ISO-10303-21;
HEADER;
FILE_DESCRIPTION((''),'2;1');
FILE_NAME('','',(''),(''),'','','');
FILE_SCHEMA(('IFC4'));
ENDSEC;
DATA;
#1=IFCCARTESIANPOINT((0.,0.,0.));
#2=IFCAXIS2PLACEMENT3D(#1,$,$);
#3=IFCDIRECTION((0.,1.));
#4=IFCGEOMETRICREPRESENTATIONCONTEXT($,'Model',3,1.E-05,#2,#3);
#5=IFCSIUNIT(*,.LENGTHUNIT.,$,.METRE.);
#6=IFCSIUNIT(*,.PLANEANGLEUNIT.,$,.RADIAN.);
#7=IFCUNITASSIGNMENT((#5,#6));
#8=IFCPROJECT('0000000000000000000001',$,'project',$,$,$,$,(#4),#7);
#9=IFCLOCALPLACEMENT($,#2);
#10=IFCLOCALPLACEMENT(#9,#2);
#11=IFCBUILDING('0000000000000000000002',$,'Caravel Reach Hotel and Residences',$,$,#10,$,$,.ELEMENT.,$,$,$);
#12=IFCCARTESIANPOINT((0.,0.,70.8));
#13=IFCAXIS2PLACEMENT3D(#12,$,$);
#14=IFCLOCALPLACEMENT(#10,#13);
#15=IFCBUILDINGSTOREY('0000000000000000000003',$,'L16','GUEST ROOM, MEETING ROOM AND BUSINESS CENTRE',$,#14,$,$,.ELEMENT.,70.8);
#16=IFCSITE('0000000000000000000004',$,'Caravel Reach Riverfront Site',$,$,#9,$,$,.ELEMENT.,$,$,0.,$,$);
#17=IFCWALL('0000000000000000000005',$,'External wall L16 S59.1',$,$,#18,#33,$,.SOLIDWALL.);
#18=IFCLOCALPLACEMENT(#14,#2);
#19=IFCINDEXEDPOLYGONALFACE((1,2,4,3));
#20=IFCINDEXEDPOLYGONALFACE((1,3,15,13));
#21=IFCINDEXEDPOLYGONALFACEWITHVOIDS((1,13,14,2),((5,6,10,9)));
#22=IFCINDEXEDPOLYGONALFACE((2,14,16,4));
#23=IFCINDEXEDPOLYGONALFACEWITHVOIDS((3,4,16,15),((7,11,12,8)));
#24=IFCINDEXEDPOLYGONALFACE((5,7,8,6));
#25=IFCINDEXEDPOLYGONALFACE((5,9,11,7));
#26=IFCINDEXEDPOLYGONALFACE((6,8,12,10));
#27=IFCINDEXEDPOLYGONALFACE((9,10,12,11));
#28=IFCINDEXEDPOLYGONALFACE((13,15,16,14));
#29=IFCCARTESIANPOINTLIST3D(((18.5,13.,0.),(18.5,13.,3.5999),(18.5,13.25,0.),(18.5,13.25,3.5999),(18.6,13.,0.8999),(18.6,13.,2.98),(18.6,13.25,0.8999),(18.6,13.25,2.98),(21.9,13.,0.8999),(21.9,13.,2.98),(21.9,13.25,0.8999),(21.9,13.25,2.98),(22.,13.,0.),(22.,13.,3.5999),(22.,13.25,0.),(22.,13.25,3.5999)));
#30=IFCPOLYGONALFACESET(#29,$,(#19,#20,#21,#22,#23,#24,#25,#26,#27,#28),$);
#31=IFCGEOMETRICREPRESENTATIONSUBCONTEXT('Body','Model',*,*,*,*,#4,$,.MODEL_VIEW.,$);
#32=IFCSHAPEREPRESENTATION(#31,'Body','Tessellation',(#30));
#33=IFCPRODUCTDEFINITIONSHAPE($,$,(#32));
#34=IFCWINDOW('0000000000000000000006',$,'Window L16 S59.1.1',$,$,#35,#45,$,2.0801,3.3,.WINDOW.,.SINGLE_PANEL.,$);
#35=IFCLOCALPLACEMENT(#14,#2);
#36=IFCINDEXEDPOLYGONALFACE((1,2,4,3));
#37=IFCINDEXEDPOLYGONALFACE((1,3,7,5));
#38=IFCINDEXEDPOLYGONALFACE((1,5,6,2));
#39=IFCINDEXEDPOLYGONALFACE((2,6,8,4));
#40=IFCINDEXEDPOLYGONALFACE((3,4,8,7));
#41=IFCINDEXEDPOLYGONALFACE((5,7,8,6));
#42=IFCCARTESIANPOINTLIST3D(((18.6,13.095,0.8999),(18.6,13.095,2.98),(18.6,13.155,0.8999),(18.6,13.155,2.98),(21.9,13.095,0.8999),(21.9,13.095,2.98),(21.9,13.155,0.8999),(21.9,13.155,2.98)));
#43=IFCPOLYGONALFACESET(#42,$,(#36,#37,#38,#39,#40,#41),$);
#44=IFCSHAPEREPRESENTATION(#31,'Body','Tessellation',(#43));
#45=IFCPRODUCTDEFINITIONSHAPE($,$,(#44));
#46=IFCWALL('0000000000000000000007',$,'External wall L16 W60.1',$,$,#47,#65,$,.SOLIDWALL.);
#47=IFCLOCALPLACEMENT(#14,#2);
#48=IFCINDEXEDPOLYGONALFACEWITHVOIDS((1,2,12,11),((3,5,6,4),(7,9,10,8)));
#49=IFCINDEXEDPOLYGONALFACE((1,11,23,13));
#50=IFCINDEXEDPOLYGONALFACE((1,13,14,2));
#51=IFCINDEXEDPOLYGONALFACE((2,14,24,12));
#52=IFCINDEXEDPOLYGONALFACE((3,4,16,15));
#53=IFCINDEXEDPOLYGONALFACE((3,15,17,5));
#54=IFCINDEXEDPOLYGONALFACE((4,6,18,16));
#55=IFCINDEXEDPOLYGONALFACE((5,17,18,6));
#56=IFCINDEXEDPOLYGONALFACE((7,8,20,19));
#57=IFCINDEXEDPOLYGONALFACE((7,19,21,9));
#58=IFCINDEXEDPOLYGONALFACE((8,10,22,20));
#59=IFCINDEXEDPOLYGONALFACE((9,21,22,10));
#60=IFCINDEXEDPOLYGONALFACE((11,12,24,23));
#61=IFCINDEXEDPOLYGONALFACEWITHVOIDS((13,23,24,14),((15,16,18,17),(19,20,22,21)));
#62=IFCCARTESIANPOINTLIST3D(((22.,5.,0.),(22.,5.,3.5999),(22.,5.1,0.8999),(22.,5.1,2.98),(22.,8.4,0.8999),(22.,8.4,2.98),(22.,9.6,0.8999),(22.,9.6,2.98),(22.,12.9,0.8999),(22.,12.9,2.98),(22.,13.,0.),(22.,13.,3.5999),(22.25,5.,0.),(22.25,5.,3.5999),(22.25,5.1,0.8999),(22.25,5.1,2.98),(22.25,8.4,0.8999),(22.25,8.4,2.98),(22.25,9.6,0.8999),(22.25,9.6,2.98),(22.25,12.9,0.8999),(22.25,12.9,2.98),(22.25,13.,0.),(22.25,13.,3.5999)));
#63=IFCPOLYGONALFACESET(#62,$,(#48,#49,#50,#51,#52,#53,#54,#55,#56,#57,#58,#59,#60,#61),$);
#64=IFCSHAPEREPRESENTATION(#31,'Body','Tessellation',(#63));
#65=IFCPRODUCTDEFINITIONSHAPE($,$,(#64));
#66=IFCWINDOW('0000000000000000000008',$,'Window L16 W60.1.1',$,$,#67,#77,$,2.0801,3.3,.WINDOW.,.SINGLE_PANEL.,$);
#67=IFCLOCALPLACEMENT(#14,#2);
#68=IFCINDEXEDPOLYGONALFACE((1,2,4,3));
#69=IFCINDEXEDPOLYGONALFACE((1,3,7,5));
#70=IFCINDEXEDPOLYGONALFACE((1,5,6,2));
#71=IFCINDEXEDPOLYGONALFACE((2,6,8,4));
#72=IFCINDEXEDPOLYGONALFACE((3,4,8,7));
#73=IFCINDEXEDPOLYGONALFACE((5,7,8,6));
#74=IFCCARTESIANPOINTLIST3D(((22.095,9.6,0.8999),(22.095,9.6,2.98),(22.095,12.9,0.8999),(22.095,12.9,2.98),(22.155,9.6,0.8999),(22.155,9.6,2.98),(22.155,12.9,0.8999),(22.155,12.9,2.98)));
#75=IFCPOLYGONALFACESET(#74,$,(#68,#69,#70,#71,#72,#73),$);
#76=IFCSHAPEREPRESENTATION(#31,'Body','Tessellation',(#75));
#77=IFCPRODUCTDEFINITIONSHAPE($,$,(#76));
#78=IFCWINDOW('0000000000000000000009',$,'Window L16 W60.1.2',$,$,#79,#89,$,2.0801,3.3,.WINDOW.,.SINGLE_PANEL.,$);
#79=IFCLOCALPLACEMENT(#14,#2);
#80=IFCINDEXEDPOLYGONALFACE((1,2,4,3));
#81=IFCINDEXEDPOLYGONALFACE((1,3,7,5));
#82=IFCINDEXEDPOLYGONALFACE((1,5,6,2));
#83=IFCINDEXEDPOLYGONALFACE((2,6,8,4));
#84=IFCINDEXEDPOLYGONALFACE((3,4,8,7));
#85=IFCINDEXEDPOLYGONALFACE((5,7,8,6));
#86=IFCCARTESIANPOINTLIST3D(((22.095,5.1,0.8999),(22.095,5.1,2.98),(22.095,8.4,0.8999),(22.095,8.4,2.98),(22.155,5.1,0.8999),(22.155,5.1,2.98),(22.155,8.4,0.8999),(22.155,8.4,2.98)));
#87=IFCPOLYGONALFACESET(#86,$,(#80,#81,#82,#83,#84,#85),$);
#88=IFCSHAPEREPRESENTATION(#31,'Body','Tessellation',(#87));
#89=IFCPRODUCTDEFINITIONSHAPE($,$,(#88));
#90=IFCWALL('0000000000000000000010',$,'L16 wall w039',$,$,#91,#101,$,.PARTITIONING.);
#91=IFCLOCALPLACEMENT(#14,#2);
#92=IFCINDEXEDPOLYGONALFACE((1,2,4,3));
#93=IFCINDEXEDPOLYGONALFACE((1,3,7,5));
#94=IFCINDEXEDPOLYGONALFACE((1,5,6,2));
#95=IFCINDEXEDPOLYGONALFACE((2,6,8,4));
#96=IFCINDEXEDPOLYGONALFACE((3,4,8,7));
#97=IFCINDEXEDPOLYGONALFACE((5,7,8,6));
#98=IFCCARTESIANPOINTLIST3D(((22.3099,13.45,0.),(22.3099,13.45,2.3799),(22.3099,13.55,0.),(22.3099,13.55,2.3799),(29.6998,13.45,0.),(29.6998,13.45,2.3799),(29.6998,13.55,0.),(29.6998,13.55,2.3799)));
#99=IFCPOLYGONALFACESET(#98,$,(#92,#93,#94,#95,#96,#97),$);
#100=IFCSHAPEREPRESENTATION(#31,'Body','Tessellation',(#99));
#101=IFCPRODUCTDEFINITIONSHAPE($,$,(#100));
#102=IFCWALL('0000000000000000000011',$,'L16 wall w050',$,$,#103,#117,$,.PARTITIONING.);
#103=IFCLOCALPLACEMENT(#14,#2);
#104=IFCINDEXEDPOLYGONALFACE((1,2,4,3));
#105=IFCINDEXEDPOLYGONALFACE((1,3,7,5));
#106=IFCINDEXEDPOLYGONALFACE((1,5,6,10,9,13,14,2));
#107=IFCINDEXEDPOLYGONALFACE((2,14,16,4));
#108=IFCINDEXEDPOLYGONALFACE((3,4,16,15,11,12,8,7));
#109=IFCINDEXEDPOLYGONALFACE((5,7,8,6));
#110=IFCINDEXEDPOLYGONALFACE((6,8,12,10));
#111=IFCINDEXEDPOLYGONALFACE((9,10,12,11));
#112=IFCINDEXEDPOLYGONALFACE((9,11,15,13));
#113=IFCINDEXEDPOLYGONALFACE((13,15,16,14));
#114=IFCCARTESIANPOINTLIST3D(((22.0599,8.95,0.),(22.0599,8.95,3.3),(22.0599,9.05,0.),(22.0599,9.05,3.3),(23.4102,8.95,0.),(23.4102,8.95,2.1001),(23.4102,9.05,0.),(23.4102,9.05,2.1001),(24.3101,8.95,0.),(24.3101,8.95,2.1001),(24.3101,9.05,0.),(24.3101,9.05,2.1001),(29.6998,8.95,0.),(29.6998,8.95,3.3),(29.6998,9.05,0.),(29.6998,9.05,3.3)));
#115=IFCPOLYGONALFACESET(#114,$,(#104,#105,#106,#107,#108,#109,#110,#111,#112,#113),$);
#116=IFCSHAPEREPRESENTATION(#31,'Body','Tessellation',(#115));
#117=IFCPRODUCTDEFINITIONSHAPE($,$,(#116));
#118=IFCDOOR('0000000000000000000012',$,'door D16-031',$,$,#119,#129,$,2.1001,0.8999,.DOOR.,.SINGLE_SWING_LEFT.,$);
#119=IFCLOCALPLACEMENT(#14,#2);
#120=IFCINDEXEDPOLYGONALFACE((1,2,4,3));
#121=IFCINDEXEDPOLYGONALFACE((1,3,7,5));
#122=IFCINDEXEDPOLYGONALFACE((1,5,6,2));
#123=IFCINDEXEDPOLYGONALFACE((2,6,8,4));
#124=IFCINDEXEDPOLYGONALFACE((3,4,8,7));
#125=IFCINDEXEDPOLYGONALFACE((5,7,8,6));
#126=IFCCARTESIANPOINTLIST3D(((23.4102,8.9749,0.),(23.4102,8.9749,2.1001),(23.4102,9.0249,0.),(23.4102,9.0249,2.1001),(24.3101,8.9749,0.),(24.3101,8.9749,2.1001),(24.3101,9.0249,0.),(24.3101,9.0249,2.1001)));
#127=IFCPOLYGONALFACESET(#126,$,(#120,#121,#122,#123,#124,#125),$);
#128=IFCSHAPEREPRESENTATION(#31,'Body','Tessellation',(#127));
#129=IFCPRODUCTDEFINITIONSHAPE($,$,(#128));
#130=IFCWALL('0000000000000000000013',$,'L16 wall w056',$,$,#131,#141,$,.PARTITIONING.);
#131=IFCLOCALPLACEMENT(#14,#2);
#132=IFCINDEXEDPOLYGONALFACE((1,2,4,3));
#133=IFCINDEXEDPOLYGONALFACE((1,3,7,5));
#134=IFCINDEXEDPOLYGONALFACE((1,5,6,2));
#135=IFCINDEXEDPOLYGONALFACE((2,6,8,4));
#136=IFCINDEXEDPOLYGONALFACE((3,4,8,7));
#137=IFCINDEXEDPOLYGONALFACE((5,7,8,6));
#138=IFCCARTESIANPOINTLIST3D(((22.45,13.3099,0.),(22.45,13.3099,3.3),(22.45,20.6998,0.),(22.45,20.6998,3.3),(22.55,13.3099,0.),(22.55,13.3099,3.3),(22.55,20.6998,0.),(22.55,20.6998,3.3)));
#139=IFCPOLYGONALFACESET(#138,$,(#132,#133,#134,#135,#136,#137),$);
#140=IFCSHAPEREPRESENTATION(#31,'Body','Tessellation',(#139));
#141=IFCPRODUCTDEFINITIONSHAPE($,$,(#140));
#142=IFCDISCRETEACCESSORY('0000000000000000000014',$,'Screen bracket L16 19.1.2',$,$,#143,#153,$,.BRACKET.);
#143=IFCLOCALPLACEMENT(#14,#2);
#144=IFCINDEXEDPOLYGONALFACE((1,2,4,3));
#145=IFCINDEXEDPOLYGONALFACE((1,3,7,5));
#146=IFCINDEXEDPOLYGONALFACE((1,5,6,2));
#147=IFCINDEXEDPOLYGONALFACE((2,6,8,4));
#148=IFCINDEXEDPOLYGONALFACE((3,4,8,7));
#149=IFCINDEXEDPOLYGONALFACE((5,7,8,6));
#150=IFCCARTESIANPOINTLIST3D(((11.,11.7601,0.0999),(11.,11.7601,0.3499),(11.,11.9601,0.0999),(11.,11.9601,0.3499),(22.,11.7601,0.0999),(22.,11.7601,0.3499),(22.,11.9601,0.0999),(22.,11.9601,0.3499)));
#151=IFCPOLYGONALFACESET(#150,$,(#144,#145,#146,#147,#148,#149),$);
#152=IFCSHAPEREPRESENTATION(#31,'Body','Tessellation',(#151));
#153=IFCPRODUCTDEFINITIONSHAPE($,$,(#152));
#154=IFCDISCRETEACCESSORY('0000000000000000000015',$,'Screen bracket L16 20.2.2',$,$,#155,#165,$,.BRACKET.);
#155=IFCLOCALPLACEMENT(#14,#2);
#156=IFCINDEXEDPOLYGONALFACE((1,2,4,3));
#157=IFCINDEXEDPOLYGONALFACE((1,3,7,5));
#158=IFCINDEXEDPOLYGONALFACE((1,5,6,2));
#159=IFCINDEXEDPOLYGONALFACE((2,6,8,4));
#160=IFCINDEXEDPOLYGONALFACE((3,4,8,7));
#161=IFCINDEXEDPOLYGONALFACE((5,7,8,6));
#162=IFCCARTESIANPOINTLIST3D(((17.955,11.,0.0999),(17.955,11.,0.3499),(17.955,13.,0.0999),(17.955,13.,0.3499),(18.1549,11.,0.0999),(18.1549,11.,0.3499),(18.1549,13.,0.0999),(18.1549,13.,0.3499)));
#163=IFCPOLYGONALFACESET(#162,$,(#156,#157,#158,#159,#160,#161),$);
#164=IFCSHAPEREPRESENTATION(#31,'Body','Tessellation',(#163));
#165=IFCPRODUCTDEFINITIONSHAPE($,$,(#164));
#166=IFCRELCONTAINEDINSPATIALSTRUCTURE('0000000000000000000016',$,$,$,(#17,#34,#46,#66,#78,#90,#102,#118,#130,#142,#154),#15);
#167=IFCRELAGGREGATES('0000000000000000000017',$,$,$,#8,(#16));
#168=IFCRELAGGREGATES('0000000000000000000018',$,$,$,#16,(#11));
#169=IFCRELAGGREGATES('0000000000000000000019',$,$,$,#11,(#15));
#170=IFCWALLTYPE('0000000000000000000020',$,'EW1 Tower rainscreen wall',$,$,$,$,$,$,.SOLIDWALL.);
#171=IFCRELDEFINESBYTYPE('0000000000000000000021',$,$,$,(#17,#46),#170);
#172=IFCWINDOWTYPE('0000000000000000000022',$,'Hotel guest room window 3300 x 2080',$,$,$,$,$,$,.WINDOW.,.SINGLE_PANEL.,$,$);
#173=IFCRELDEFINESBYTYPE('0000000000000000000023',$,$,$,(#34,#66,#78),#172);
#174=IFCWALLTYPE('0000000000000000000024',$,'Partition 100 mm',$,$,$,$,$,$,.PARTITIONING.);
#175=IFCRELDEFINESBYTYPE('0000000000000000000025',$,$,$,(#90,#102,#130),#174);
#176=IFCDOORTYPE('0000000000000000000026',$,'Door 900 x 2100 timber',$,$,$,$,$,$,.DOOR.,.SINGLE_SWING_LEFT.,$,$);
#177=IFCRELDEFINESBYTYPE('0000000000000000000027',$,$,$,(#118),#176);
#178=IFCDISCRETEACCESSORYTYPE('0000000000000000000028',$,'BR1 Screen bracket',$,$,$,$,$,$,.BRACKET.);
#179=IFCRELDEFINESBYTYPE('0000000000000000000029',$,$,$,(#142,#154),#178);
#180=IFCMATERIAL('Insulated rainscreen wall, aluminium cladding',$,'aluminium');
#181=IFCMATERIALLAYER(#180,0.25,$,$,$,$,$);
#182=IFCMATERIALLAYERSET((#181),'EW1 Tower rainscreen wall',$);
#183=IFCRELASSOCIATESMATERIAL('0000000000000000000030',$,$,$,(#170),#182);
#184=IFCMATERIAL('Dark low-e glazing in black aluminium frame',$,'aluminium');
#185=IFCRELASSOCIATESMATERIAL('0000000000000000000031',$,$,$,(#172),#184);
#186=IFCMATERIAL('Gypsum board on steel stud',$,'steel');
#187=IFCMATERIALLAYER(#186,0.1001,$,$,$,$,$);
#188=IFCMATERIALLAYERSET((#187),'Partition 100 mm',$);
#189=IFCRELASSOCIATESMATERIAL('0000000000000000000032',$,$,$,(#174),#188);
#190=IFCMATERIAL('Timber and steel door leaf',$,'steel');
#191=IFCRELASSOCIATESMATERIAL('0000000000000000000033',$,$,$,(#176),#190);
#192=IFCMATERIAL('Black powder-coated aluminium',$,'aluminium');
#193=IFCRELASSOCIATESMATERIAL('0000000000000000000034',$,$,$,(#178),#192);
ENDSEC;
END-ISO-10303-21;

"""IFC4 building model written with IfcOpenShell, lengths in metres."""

from ifc_helpers import new_model, si_unit, direction, frame, frame_2d, origin, origin_2d, place, context, subcontext, project, spatial, rectangle, extrude, material, layer, layer_set, type_object, element, fill, save


model = new_model("IFC4")

# Units and contexts
model_context = context("Model", 3, precision=1e-05, world=origin(), true_north=direction((0.0, 1.0)))
body_context = subcontext(model_context, "Body", "Model", "MODEL_VIEW")
ifc_project = project(units=[si_unit("LENGTHUNIT", "METRE"), si_unit("PLANEANGLEUNIT", "RADIAN")], contexts=[model_context])

# Site, building, storey
site_placement = place(None, origin())
site = spatial("IfcSite", under=ifc_project, at=site_placement, Name="Caravel Reach Riverfront Site", CompositionType="ELEMENT", RefElevation=0.0)
building_placement = place(site_placement, origin())
building = spatial("IfcBuilding", under=site, at=building_placement, Name="Caravel Reach Hotel and Residences", CompositionType="ELEMENT")
storey_placement = place(building_placement, frame((0.0, 0.0, 70.8)))
storey = spatial("IfcBuildingStorey", under=building, at=storey_placement, Name="L16", Description="GUEST ROOM, MEETING ROOM AND BUSINESS CENTRE", CompositionType="ELEMENT", Elevation=70.8)

# Wall, opening, window
ifc_material_1 = material(Name="Insulated rainscreen wall, aluminium cladding", Category="aluminium")
ifc_layer_1 = layer(ifc_material_1, 0.25)
ifc_layer_set_1 = layer_set([ifc_layer_1], Name="EW1 Tower rainscreen wall")
wall_type_1 = type_object("IfcWallType", Name="EW1 Tower rainscreen wall", PredefinedType="SOLIDWALL", material=ifc_layer_set_1)
wall_1_placement = place(storey_placement, frame((18.5, 13.125, 0.0), z_axis=(0.0, 0.0, 1.0), x_axis=(1.0, 0.0, 0.0)))
wall_1 = element("IfcWall", 1, at=wall_1_placement, inside=storey, type_object=wall_type_1, Name="External wall L16 S59.1", PredefinedType="SOLIDWALL", context=body_context, shape_type="SweptSolid", body=[
    extrude(rectangle(XDim=3.5, YDim=0.25, at=frame_2d((1.75, 0.0))), origin(), (0.0, 0.0, 1.0), 3.5999),
])
opening_1_placement = place(wall_1_placement, frame((0.1001, 0.0, 0.8999)))
opening_1 = element("IfcOpeningElement", 2, at=opening_1_placement, cuts=wall_1, PredefinedType="OPENING", context=body_context, shape_type="SweptSolid", body=[
    extrude(rectangle(XDim=3.3, YDim=2.0801, at=frame_2d((1.6499, 1.04))), frame((0.0, 0.135, 0.0), z_axis=(0.0, -1.0, 0.0), x_axis=(1.0, 0.0, 0.0)), (0.0, 0.0, 1.0), 0.27),
])
ifc_material_2 = material(Name="Dark low-e glazing in black aluminium frame", Category="aluminium")
window_type = type_object("IfcWindowType", Name="Hotel guest room window 3300 x 2080", PartitioningType="SINGLE_PANEL", PredefinedType="WINDOW", material=ifc_material_2)
window_1_placement = place(opening_1_placement, origin())
window_1 = element("IfcWindow", 3, at=window_1_placement, inside=storey, type_object=window_type, Name="Window L16 S59.1.1", OverallHeight=2.0801, OverallWidth=3.3, PartitioningType="SINGLE_PANEL", PredefinedType="WINDOW", context=body_context, shape_type="SweptSolid", body=[
    extrude(rectangle(XDim=3.3, YDim=2.0801, at=frame_2d((1.6499, 1.04))), frame((0.0, 0.03, 0.0), z_axis=(0.0, -1.0, 0.0), x_axis=(1.0, 0.0, 0.0)), (0.0, 0.0, 1.0), 0.0601),
])
fill(opening_1, window_1)

# Wall, openings, windows
wall_2_placement = place(storey_placement, frame((22.125, 13.0, 0.0), z_axis=(0.0, 0.0, 1.0), x_axis=(0.0, -1.0, 0.0)))
wall_2 = element("IfcWall", 4, at=wall_2_placement, inside=storey, type_object=wall_type_1, Name="External wall L16 W60.1", PredefinedType="SOLIDWALL", context=body_context, shape_type="SweptSolid", body=[
    extrude(rectangle(XDim=8.0, YDim=0.25, at=frame_2d((4.0, 0.0))), origin(), (0.0, 0.0, 1.0), 3.5999),
])
opening_2_placement = place(wall_2_placement, frame((0.1001, 0.0, 0.8999)))
opening_2 = element("IfcOpeningElement", 5, at=opening_2_placement, cuts=wall_2, PredefinedType="OPENING", context=body_context, shape_type="SweptSolid", body=[
    extrude(rectangle(XDim=3.3, YDim=2.0801, at=frame_2d((1.6499, 1.04))), frame((0.0, 0.135, 0.0), z_axis=(0.0, -1.0, 0.0), x_axis=(1.0, 0.0, 0.0)), (0.0, 0.0, 1.0), 0.27),
])
opening_3_placement = place(wall_2_placement, frame((4.6001, 0.0, 0.8999)))
opening_3 = element("IfcOpeningElement", 6, at=opening_3_placement, cuts=wall_2, PredefinedType="OPENING", context=body_context, shape_type="SweptSolid", body=[
    extrude(rectangle(XDim=3.3, YDim=2.0801, at=frame_2d((1.6499, 1.04))), frame((0.0, 0.135, 0.0), z_axis=(0.0, -1.0, 0.0), x_axis=(1.0, 0.0, 0.0)), (0.0, 0.0, 1.0), 0.27),
])
window_2_placement = place(opening_2_placement, origin())
window_2 = element("IfcWindow", 7, at=window_2_placement, inside=storey, type_object=window_type, Name="Window L16 W60.1.1", OverallHeight=2.0801, OverallWidth=3.3, PartitioningType="SINGLE_PANEL", PredefinedType="WINDOW", context=body_context, shape_type="SweptSolid", body=[
    extrude(rectangle(XDim=3.3, YDim=2.0801, at=frame_2d((1.6499, 1.04))), frame((0.0, 0.03, 0.0), z_axis=(0.0, -1.0, 0.0), x_axis=(1.0, 0.0, 0.0)), (0.0, 0.0, 1.0), 0.0601),
])
fill(opening_2, window_2)
window_3_placement = place(opening_3_placement, origin())
window_3 = element("IfcWindow", 8, at=window_3_placement, inside=storey, type_object=window_type, Name="Window L16 W60.1.2", OverallHeight=2.0801, OverallWidth=3.3, PartitioningType="SINGLE_PANEL", PredefinedType="WINDOW", context=body_context, shape_type="SweptSolid", body=[
    extrude(rectangle(XDim=3.3, YDim=2.0801, at=frame_2d((1.6499, 1.04))), frame((0.0, 0.03, 0.0), z_axis=(0.0, -1.0, 0.0), x_axis=(1.0, 0.0, 0.0)), (0.0, 0.0, 1.0), 0.0601),
])
fill(opening_3, window_3)

# Wall
ifc_material_3 = material(Name="Gypsum board on steel stud", Category="steel")
ifc_layer_2 = layer(ifc_material_3, 0.1001)
ifc_layer_set_2 = layer_set([ifc_layer_2], Name="Partition 100 mm")
wall_type_2 = type_object("IfcWallType", Name="Partition 100 mm", PredefinedType="PARTITIONING", material=ifc_layer_set_2)
wall_3_placement = place(storey_placement, frame((22.3101, 13.5, 0.0), z_axis=(0.0, 0.0, 1.0), x_axis=(1.0, 0.0, 0.0)))
element("IfcWall", 9, at=wall_3_placement, inside=storey, type_object=wall_type_2, Name="L16 wall w039", PredefinedType="PARTITIONING", context=body_context, shape_type="SweptSolid", body=[
    extrude(rectangle(XDim=7.3899, YDim=0.1001, at=frame_2d((3.6948, 0.0))), origin(), (0.0, 0.0, 1.0), 2.3799),
])

# Wall, opening, door
wall_4_placement = place(storey_placement, frame((22.0601, 9.0, 0.0), z_axis=(0.0, 0.0, 1.0), x_axis=(1.0, 0.0, 0.0)))
wall_4 = element("IfcWall", 10, at=wall_4_placement, inside=storey, type_object=wall_type_2, Name="L16 wall w050", PredefinedType="PARTITIONING", context=body_context, shape_type="SweptSolid", body=[
    extrude(rectangle(XDim=7.6399, YDim=0.1001, at=frame_2d((3.8198, 0.0))), origin(), (0.0, 0.0, 1.0), 3.3),
])
opening_4_placement = place(wall_4_placement, frame((1.3501, 0.0, 0.0)))
opening_4 = element("IfcOpeningElement", 11, at=opening_4_placement, cuts=wall_4, PredefinedType="OPENING", context=body_context, shape_type="SweptSolid", body=[
    extrude(rectangle(XDim=0.8999, YDim=2.1001, at=frame_2d((0.45, 1.05))), frame((0.0, 0.0601, 0.0), z_axis=(0.0, -1.0, 0.0), x_axis=(1.0, 0.0, 0.0)), (0.0, 0.0, 1.0), 0.1201),
])
ifc_material_4 = material(Name="Timber and steel door leaf", Category="steel")
door_type = type_object("IfcDoorType", Name="Door 900 x 2100 timber", OperationType="SINGLE_SWING_LEFT", PredefinedType="DOOR", material=ifc_material_4)
door_placement = place(opening_4_placement, origin())
door = element("IfcDoor", 12, at=door_placement, inside=storey, type_object=door_type, Name="door D16-031", OperationType="SINGLE_SWING_LEFT", OverallHeight=2.1001, OverallWidth=0.8999, PredefinedType="DOOR", context=body_context, shape_type="SweptSolid", body=[
    extrude(rectangle(XDim=0.8999, YDim=2.1001, at=frame_2d((0.45, 1.05))), frame((0.0, 0.0249, 0.0), z_axis=(0.0, -1.0, 0.0), x_axis=(1.0, 0.0, 0.0)), (0.0, 0.0, 1.0), 0.05),
])
fill(opening_4, door)

# Wall
wall_5_placement = place(storey_placement, frame((22.5, 13.3101, 0.0), z_axis=(0.0, 0.0, 1.0), x_axis=(0.0, 1.0, 0.0)))
element("IfcWall", 13, at=wall_5_placement, inside=storey, type_object=wall_type_2, Name="L16 wall w056", PredefinedType="PARTITIONING", context=body_context, shape_type="SweptSolid", body=[
    extrude(rectangle(XDim=7.3899, YDim=0.1001, at=frame_2d((3.6948, 0.0))), origin(), (0.0, 0.0, 1.0), 3.3),
])

# Discrete accessories
ifc_material_5 = material(Name="Black powder-coated aluminium", Category="aluminium")
discrete_accessory_type = type_object("IfcDiscreteAccessoryType", Name="BR1 Screen bracket", PredefinedType="BRACKET", material=ifc_material_5)
discrete_accessory_1_placement = place(storey_placement, frame((16.5, 11.8601, 0.0999), z_axis=(0.0, 0.0, 1.0), x_axis=(-1.0, 0.0, 0.0)))
element("IfcDiscreteAccessory", 14, at=discrete_accessory_1_placement, inside=storey, type_object=discrete_accessory_type, Name="Screen bracket L16 19.1.2", PredefinedType="BRACKET", context=body_context, shape_type="SweptSolid", body=[
    extrude(rectangle(XDim=11.0, YDim=0.2, at=origin_2d()), origin(), (0.0, 0.0, 1.0), 0.25),
])
discrete_accessory_2_placement = place(storey_placement, frame((18.0549, 12.0, 0.0999), z_axis=(0.0, 0.0, 1.0), x_axis=(0.0, -1.0, 0.0)))
element("IfcDiscreteAccessory", 15, at=discrete_accessory_2_placement, inside=storey, type_object=discrete_accessory_type, Name="Screen bracket L16 20.2.2", PredefinedType="BRACKET", context=body_context, shape_type="SweptSolid", body=[
    extrude(rectangle(XDim=2.0, YDim=0.2, at=origin_2d()), origin(), (0.0, 0.0, 1.0), 0.25),
])

save(model, "model.ifc")
